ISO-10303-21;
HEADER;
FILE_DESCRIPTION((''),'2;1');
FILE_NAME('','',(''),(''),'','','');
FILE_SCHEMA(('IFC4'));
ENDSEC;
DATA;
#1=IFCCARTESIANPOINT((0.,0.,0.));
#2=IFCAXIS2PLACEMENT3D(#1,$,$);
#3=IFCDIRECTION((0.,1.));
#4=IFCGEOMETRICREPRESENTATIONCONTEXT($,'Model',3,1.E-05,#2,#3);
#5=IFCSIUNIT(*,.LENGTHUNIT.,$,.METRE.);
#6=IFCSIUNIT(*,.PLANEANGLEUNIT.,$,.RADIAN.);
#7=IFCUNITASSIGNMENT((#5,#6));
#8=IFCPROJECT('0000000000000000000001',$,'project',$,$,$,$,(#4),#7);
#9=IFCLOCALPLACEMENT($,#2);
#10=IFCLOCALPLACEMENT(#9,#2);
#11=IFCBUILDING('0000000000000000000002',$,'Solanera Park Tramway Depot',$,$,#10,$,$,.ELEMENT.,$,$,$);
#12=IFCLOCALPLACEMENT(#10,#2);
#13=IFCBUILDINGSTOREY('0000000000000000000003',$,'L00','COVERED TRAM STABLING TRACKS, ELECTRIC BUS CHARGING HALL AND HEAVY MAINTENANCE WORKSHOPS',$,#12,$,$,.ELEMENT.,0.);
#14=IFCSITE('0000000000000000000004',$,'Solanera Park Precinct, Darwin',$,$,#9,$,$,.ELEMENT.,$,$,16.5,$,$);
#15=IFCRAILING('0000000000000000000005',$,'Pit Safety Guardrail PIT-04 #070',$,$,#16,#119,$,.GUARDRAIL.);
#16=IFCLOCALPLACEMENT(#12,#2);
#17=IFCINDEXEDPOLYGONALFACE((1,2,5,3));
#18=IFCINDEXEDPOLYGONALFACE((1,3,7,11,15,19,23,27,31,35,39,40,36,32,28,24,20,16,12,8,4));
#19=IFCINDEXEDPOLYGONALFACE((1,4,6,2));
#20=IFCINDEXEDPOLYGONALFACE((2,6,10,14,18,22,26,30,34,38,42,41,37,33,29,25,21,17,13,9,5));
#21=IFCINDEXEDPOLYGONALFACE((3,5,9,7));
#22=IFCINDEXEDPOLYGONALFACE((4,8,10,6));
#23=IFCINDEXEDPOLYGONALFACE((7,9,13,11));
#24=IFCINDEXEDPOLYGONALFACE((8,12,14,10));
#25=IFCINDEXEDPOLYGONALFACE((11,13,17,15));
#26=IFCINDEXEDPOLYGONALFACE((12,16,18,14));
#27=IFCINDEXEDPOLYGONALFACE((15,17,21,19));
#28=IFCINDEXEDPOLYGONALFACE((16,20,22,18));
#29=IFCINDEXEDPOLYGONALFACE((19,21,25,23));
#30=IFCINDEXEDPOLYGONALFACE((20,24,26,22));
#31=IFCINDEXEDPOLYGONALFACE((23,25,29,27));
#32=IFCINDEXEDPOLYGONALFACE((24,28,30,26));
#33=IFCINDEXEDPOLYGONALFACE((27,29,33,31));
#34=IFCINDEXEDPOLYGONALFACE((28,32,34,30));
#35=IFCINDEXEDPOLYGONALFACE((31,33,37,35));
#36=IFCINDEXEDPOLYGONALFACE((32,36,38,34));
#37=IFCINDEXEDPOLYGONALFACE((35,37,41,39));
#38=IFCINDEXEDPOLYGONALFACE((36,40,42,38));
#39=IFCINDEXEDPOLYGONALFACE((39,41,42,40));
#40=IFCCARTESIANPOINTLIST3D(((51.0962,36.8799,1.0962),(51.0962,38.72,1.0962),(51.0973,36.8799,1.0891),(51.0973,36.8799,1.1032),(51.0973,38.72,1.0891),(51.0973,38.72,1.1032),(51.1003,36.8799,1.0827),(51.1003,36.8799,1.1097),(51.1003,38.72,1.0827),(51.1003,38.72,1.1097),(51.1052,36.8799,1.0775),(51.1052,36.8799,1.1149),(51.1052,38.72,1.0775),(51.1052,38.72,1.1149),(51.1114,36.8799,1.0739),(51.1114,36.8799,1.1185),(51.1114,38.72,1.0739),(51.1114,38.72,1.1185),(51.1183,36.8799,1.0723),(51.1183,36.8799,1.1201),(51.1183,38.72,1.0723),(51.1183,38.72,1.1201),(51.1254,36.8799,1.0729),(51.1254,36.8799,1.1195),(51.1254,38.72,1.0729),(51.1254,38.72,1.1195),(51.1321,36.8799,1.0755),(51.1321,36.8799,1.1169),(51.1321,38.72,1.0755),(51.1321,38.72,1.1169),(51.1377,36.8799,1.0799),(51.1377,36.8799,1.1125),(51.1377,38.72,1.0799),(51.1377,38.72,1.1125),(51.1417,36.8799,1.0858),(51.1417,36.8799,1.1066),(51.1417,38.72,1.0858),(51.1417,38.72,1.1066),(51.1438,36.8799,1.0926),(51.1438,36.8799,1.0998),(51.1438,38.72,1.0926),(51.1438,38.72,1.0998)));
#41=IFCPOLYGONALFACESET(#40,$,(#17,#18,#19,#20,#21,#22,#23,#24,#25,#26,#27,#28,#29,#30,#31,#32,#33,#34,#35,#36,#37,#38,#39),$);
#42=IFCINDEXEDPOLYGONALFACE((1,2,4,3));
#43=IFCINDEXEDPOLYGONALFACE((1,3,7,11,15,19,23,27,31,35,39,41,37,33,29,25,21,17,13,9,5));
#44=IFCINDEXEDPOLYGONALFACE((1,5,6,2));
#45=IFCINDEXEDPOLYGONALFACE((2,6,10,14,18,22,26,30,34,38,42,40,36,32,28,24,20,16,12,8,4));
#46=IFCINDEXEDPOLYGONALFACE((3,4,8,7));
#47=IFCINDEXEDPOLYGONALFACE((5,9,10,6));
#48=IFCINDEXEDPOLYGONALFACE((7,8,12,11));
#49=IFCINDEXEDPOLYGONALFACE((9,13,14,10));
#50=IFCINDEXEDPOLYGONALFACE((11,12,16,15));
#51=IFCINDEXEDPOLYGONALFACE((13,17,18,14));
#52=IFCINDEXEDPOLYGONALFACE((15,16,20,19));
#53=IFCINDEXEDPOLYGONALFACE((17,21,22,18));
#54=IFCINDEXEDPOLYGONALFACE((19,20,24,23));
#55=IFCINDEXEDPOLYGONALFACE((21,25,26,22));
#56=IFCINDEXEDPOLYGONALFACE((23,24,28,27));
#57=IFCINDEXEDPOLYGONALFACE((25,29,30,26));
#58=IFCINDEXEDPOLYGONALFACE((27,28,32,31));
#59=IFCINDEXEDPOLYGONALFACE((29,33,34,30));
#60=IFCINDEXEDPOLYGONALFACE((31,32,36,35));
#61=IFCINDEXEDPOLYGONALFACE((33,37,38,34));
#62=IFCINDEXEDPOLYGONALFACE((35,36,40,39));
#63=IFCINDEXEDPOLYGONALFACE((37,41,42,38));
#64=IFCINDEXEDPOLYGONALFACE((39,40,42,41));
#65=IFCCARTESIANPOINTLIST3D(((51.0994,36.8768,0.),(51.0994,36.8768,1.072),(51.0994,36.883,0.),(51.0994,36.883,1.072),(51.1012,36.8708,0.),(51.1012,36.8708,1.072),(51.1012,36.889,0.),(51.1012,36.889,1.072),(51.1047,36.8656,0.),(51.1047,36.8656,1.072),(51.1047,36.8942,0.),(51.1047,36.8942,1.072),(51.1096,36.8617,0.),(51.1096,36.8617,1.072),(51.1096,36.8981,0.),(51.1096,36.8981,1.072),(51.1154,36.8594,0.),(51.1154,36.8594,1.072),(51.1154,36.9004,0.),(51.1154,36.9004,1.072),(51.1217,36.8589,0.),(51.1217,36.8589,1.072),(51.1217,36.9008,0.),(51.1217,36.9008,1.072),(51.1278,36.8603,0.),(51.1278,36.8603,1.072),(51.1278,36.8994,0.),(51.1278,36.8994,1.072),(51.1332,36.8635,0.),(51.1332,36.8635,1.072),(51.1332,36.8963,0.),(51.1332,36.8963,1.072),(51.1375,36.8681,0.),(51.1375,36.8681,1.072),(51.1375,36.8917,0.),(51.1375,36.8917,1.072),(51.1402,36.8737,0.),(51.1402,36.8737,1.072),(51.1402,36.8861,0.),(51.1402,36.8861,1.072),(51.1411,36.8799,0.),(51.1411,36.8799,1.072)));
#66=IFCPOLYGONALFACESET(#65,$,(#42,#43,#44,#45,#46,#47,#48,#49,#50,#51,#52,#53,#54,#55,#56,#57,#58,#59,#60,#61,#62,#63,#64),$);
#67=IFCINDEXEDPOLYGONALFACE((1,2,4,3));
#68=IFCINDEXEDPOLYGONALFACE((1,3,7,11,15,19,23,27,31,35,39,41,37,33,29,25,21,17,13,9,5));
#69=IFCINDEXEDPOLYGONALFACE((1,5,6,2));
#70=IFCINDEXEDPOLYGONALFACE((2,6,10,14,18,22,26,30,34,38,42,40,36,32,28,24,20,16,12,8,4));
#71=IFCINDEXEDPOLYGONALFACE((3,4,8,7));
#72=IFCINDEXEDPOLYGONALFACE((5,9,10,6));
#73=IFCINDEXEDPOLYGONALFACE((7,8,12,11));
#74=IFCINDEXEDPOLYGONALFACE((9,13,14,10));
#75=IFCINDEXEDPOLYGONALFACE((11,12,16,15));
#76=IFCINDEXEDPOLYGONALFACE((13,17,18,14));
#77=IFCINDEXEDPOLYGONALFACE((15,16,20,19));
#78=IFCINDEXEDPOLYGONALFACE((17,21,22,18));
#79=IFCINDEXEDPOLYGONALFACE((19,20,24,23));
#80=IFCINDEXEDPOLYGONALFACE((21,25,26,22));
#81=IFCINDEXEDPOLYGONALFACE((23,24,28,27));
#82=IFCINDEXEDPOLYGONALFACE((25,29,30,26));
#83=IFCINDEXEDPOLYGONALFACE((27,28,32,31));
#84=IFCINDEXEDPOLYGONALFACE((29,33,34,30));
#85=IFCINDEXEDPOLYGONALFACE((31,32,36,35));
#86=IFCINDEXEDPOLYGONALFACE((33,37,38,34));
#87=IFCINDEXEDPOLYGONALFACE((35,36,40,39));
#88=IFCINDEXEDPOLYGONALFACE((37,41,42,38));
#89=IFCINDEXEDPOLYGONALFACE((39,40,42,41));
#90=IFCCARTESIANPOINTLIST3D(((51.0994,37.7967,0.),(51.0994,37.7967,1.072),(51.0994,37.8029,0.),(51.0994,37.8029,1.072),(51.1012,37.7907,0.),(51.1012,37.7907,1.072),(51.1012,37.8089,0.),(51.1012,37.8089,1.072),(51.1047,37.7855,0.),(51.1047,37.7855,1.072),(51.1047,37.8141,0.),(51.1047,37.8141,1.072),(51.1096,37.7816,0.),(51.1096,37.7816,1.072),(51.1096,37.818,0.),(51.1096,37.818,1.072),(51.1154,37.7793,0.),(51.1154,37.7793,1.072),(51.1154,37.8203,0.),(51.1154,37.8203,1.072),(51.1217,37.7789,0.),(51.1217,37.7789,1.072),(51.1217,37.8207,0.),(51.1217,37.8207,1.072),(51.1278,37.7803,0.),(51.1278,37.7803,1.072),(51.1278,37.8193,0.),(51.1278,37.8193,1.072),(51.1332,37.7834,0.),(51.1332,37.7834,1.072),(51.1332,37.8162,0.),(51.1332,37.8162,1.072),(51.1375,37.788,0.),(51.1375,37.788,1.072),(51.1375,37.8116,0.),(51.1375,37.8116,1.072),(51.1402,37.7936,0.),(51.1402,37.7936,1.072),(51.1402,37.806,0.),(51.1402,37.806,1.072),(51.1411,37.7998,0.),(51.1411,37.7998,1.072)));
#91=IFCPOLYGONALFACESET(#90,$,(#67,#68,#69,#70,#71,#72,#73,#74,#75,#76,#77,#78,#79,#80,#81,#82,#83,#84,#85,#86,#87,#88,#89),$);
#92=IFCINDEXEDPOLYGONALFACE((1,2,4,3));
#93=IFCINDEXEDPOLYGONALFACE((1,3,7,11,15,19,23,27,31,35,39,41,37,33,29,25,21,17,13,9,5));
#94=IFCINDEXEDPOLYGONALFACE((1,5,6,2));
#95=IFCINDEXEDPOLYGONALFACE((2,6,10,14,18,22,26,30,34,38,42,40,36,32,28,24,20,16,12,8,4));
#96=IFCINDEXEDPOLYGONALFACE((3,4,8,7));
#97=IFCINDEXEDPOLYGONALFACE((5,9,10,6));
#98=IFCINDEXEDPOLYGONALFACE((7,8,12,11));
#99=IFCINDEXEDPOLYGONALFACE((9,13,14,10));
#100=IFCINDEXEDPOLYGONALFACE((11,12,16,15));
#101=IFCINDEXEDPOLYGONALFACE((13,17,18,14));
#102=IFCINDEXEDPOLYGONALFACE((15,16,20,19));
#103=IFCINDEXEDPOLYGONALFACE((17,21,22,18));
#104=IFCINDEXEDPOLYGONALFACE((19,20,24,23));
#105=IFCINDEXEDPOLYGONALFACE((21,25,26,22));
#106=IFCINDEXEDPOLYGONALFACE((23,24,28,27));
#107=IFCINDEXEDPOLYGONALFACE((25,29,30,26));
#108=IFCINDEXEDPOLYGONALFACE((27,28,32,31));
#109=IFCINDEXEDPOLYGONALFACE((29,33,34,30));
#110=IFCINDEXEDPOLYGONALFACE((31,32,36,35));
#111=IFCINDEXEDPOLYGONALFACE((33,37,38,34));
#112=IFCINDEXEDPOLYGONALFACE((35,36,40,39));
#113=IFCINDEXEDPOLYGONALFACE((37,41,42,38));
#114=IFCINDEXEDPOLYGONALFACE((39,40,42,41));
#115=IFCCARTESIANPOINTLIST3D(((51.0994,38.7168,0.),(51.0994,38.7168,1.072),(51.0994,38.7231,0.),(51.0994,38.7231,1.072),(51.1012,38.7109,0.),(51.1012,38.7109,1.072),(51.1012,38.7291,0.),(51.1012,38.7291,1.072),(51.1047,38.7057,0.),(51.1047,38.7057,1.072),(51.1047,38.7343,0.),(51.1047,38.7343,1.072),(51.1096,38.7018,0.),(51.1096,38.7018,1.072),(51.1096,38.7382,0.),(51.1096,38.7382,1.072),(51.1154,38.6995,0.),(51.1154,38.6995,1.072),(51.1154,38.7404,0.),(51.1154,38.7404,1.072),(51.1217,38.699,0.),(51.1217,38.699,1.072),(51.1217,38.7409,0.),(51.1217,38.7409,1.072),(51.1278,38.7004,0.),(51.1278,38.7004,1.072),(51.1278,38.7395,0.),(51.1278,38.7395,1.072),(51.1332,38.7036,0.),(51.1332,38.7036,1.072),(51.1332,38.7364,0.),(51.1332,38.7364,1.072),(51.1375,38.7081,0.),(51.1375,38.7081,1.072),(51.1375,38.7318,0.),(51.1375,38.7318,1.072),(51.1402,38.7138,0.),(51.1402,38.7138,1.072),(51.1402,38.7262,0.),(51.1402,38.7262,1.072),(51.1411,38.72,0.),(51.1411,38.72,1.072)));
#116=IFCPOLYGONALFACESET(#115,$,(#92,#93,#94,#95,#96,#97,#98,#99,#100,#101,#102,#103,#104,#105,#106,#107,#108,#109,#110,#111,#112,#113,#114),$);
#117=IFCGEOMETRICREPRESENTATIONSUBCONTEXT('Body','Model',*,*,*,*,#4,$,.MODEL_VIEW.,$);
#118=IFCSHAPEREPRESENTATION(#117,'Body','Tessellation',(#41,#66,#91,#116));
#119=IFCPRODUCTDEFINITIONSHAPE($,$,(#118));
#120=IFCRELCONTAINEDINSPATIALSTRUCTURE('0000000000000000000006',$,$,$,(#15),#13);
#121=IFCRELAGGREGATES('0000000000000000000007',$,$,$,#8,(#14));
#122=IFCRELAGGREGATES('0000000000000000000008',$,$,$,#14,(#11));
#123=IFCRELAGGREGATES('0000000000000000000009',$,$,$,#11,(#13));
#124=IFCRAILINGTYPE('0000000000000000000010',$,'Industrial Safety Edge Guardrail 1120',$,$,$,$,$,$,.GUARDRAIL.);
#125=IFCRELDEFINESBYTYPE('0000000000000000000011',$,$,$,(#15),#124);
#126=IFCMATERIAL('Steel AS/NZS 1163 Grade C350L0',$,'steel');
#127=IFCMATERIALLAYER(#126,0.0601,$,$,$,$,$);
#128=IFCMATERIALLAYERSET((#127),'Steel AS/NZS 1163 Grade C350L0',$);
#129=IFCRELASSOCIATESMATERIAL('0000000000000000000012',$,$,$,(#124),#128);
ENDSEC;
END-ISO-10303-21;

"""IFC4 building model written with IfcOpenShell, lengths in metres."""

from ifc_helpers import new_model, si_unit, direction, frame, origin, origin_2d, place, context, subcontext, project, spatial, circle, extrude, material, layer, layer_set, type_object, element, save


model = new_model("IFC4")

# Units and contexts
model_context = context("Model", 3, precision=1e-05, world=origin(), true_north=direction((0.0, 1.0)))
body_context = subcontext(model_context, "Body", "Model", "MODEL_VIEW")
ifc_project = project(units=[si_unit("LENGTHUNIT", "METRE"), si_unit("PLANEANGLEUNIT", "RADIAN")], contexts=[model_context])

# Site, building, storey
site_placement = place(None, origin())
site = spatial("IfcSite", under=ifc_project, at=site_placement, Name="Solanera Park Precinct, Darwin", CompositionType="ELEMENT", RefElevation=16.5)
building_placement = place(site_placement, origin())
building = spatial("IfcBuilding", under=site, at=building_placement, Name="Solanera Park Tramway Depot", CompositionType="ELEMENT")
storey_placement = place(building_placement, origin())
storey = spatial("IfcBuildingStorey", under=building, at=storey_placement, Name="L00", Description="COVERED TRAM STABLING TRACKS, ELECTRIC BUS CHARGING HALL AND HEAVY MAINTENANCE WORKSHOPS", CompositionType="ELEMENT", Elevation=0.0)

# Railing
ifc_material_1 = material(Name="Steel AS/NZS 1163 Grade C350L0", Category="steel")
ifc_layer_1 = layer(ifc_material_1, 0.0601)
ifc_layer_set_1 = layer_set([ifc_layer_1], Name="Steel AS/NZS 1163 Grade C350L0")
railing_type_1 = type_object("IfcRailingType", Name="Industrial Safety Edge Guardrail 1120", PredefinedType="GUARDRAIL", material=ifc_layer_set_1)
railing_1_placement = place(storey_placement, frame((51.1201, 36.8799, 0.0)))
element("IfcRailing", 1, at=railing_1_placement, inside=storey, type_object=railing_type_1, Name="Pit Safety Guardrail PIT-04 #070", PredefinedType="GUARDRAIL", context=body_context, shape_type="SweptSolid", body=[
    extrude(circle(Radius=0.0239, at=origin_2d()), frame((0.0, 0.0, 1.0962), z_axis=(0.0, 1.0, 0.0), x_axis=(-1.0, 0.0, 0.0)), (0.0, 0.0, 1.0), 1.8401),
    extrude(circle(Radius=0.021, at=origin_2d()), origin(), (0.0, 0.0, 1.0), 1.072),
    extrude(circle(Radius=0.021, at=origin_2d()), frame((0.0, 0.9199, 0.0)), (0.0, 0.0, 1.0), 1.072),
    extrude(circle(Radius=0.021, at=origin_2d()), frame((0.0, 1.8401, 0.0)), (0.0, 0.0, 1.0), 1.072),
])

save(model, "model.ifc")
